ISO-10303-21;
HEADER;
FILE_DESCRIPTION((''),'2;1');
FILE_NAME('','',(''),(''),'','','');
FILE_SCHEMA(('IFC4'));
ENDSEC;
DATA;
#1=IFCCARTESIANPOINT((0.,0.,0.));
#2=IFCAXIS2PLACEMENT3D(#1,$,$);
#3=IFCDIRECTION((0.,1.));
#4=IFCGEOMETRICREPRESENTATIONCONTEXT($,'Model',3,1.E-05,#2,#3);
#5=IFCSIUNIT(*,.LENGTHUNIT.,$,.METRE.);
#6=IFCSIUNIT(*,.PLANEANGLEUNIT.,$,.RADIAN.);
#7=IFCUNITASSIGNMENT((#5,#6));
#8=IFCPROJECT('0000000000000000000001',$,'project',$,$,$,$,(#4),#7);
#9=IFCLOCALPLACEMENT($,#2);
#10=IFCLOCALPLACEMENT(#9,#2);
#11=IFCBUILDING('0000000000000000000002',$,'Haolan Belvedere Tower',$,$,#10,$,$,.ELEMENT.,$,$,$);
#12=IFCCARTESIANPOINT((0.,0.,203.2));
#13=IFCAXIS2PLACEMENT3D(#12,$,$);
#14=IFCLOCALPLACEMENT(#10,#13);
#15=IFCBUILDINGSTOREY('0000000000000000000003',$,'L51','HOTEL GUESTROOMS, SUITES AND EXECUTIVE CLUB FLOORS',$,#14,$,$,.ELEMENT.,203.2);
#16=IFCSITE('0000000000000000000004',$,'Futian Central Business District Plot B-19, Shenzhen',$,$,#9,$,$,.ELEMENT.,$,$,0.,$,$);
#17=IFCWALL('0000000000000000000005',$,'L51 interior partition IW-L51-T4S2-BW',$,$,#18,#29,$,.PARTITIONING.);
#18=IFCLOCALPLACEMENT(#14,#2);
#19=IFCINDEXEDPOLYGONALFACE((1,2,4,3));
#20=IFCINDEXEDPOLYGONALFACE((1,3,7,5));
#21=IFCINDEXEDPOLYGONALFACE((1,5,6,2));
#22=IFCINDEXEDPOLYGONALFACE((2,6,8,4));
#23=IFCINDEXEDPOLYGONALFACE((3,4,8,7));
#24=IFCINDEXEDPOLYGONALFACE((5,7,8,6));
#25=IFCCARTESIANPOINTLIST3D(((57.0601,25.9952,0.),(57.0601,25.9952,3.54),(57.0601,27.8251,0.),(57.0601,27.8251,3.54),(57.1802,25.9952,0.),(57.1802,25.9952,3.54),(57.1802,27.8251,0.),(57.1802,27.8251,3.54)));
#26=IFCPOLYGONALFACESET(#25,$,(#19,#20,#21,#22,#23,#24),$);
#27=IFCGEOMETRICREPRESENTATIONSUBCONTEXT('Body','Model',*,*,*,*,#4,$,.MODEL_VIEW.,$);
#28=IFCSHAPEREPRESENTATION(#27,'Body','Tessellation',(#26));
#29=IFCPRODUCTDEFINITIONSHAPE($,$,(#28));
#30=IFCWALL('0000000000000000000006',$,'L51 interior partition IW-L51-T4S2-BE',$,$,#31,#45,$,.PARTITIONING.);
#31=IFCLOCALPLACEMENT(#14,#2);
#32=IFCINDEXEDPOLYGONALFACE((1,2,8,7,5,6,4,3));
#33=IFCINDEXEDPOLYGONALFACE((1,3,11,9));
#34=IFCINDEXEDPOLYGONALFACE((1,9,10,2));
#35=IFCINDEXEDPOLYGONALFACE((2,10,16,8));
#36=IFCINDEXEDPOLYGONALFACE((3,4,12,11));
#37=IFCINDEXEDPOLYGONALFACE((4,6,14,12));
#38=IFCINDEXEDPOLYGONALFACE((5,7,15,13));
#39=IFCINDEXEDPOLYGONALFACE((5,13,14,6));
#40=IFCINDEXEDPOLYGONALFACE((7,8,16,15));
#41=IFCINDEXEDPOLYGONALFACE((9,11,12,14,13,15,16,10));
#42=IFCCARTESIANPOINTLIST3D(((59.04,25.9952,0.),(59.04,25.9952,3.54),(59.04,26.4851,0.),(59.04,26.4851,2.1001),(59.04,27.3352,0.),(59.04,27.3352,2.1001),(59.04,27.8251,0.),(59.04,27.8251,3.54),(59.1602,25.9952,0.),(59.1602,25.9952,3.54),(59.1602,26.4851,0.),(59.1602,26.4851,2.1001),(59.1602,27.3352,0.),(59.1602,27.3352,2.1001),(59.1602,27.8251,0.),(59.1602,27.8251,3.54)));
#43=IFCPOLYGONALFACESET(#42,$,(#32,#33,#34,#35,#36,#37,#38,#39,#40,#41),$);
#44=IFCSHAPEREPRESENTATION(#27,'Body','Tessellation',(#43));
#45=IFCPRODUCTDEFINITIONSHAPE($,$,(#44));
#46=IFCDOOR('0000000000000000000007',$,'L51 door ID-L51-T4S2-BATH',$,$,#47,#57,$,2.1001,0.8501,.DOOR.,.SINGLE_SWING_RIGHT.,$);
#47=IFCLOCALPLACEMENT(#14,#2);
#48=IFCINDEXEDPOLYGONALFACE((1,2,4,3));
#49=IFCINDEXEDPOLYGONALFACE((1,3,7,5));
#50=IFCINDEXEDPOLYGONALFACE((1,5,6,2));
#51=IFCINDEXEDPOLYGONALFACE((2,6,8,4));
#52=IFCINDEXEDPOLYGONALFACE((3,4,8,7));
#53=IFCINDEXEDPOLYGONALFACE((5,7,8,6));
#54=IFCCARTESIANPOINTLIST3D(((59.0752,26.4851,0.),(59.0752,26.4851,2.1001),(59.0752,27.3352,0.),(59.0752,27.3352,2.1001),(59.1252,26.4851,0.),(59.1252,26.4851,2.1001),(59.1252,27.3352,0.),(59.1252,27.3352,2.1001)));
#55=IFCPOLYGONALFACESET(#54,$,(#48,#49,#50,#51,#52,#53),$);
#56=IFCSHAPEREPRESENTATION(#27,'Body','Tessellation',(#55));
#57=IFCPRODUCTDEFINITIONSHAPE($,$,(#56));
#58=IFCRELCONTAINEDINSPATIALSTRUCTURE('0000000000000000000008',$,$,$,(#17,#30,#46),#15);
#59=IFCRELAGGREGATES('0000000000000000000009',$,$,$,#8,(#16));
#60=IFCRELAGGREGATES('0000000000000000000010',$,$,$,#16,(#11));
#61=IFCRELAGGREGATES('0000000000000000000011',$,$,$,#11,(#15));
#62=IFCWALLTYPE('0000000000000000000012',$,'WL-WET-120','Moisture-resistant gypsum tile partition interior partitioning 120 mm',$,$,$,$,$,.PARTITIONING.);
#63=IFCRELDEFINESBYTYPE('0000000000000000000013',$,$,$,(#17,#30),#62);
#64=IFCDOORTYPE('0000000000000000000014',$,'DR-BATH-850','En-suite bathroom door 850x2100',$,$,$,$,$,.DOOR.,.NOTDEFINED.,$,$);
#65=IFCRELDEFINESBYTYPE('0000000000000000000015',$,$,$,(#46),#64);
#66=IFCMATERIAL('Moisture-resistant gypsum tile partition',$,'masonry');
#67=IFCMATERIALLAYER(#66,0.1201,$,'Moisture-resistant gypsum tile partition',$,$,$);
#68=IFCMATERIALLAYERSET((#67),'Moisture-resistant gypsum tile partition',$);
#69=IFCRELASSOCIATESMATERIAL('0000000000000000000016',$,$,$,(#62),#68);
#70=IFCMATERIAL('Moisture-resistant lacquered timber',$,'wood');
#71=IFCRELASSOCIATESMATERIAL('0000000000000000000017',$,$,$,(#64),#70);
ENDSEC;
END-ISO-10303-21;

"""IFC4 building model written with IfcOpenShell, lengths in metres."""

from ifc_helpers import new_model, si_unit, direction, frame, frame_2d, origin, place, context, subcontext, project, spatial, rectangle, extrude, material, layer, layer_set, type_object, element, fill, save


model = new_model("IFC4")

# Units and contexts
model_context = context("Model", 3, precision=1e-05, world=origin(), true_north=direction((0.0, 1.0)))
body_context = subcontext(model_context, "Body", "Model", "MODEL_VIEW")
ifc_project = project(units=[si_unit("LENGTHUNIT", "METRE"), si_unit("PLANEANGLEUNIT", "RADIAN")], contexts=[model_context])

# Site, building, storey
site_placement = place(None, origin())
site = spatial("IfcSite", under=ifc_project, at=site_placement, Name="Futian Central Business District Plot B-19, Shenzhen", CompositionType="ELEMENT", RefElevation=0.0)
building_placement = place(site_placement, origin())
building = spatial("IfcBuilding", under=site, at=building_placement, Name="Haolan Belvedere Tower", CompositionType="ELEMENT")
storey_placement = place(building_placement, frame((0.0, 0.0, 203.2)))
storey = spatial("IfcBuildingStorey", under=building, at=storey_placement, Name="L51", Description="HOTEL GUESTROOMS, SUITES AND EXECUTIVE CLUB FLOORS", CompositionType="ELEMENT", Elevation=203.2)

# Shared definitions
ifc_material_1 = material(Name="Moisture-resistant gypsum tile partition", Category="masonry")
ifc_layer_1 = layer(ifc_material_1, 0.1201, Name="Moisture-resistant gypsum tile partition")
ifc_layer_set_1 = layer_set([ifc_layer_1], Name="Moisture-resistant gypsum tile partition")
wall_type_1 = type_object("IfcWallType", Name="WL-WET-120", Description="Moisture-resistant gypsum tile partition interior partitioning 120 mm", PredefinedType="PARTITIONING", material=ifc_layer_set_1)

# Shared definitions
ifc_material_2 = material(Name="Moisture-resistant lacquered timber", Category="wood")
door_type_1 = type_object("IfcDoorType", Name="DR-BATH-850", Description="En-suite bathroom door 850x2100", OperationType="NOTDEFINED", PredefinedType="DOOR", material=ifc_material_2)

# Wall
wall_1_placement = place(storey_placement, frame((57.1201, 25.9951, 0.0), z_axis=(0.0, 0.0, 1.0), x_axis=(0.0, 1.0, 0.0)))
element("IfcWall", 1, at=wall_1_placement, inside=storey, type_object=wall_type_1, Name="L51 interior partition IW-L51-T4S2-BW", PredefinedType="PARTITIONING", context=body_context, shape_type="SweptSolid", body=[
    extrude(rectangle(XDim=1.8298, YDim=0.1201, at=frame_2d((0.915, 0.0))), origin(), (0.0, 0.0, 1.0), 3.54),
])

# Wall, opening, door
wall_2_placement = place(storey_placement, frame((59.1001, 25.9951, 0.0), z_axis=(0.0, 0.0, 1.0), x_axis=(0.0, 1.0, 0.0)))
wall_2 = element("IfcWall", 2, at=wall_2_placement, inside=storey, type_object=wall_type_1, Name="L51 interior partition IW-L51-T4S2-BE", PredefinedType="PARTITIONING", context=body_context, shape_type="SweptSolid", body=[
    extrude(rectangle(XDim=1.8298, YDim=0.1201, at=frame_2d((0.915, 0.0))), origin(), (0.0, 0.0, 1.0), 3.54),
])
opening_1_placement = place(wall_2_placement, frame((0.49, 0.0, 0.0)))
opening_1 = element("IfcOpeningElement", 3, at=opening_1_placement, cuts=wall_2, PredefinedType="OPENING", context=body_context, shape_type="SweptSolid", body=[
    extrude(rectangle(XDim=0.8501, YDim=2.1001, at=frame_2d((0.425, 1.05))), frame((0.0, 0.0701, 0.0), z_axis=(0.0, -1.0, 0.0), x_axis=(1.0, 0.0, 0.0)), (0.0, 0.0, 1.0), 0.1401),
])
door_1_placement = place(opening_1_placement, origin())
door_1 = element("IfcDoor", 4, at=door_1_placement, inside=storey, type_object=door_type_1, Name="L51 door ID-L51-T4S2-BATH", OperationType="SINGLE_SWING_RIGHT", OverallHeight=2.1001, OverallWidth=0.8501, PredefinedType="DOOR", context=body_context, shape_type="SweptSolid", body=[
    extrude(rectangle(XDim=0.8501, YDim=2.1001, at=frame_2d((0.425, 1.05))), frame((0.0, 0.0249, 0.0), z_axis=(0.0, -1.0, 0.0), x_axis=(1.0, 0.0, 0.0)), (0.0, 0.0, 1.0), 0.05),
])
fill(opening_1, door_1)

save(model, "model.ifc")
